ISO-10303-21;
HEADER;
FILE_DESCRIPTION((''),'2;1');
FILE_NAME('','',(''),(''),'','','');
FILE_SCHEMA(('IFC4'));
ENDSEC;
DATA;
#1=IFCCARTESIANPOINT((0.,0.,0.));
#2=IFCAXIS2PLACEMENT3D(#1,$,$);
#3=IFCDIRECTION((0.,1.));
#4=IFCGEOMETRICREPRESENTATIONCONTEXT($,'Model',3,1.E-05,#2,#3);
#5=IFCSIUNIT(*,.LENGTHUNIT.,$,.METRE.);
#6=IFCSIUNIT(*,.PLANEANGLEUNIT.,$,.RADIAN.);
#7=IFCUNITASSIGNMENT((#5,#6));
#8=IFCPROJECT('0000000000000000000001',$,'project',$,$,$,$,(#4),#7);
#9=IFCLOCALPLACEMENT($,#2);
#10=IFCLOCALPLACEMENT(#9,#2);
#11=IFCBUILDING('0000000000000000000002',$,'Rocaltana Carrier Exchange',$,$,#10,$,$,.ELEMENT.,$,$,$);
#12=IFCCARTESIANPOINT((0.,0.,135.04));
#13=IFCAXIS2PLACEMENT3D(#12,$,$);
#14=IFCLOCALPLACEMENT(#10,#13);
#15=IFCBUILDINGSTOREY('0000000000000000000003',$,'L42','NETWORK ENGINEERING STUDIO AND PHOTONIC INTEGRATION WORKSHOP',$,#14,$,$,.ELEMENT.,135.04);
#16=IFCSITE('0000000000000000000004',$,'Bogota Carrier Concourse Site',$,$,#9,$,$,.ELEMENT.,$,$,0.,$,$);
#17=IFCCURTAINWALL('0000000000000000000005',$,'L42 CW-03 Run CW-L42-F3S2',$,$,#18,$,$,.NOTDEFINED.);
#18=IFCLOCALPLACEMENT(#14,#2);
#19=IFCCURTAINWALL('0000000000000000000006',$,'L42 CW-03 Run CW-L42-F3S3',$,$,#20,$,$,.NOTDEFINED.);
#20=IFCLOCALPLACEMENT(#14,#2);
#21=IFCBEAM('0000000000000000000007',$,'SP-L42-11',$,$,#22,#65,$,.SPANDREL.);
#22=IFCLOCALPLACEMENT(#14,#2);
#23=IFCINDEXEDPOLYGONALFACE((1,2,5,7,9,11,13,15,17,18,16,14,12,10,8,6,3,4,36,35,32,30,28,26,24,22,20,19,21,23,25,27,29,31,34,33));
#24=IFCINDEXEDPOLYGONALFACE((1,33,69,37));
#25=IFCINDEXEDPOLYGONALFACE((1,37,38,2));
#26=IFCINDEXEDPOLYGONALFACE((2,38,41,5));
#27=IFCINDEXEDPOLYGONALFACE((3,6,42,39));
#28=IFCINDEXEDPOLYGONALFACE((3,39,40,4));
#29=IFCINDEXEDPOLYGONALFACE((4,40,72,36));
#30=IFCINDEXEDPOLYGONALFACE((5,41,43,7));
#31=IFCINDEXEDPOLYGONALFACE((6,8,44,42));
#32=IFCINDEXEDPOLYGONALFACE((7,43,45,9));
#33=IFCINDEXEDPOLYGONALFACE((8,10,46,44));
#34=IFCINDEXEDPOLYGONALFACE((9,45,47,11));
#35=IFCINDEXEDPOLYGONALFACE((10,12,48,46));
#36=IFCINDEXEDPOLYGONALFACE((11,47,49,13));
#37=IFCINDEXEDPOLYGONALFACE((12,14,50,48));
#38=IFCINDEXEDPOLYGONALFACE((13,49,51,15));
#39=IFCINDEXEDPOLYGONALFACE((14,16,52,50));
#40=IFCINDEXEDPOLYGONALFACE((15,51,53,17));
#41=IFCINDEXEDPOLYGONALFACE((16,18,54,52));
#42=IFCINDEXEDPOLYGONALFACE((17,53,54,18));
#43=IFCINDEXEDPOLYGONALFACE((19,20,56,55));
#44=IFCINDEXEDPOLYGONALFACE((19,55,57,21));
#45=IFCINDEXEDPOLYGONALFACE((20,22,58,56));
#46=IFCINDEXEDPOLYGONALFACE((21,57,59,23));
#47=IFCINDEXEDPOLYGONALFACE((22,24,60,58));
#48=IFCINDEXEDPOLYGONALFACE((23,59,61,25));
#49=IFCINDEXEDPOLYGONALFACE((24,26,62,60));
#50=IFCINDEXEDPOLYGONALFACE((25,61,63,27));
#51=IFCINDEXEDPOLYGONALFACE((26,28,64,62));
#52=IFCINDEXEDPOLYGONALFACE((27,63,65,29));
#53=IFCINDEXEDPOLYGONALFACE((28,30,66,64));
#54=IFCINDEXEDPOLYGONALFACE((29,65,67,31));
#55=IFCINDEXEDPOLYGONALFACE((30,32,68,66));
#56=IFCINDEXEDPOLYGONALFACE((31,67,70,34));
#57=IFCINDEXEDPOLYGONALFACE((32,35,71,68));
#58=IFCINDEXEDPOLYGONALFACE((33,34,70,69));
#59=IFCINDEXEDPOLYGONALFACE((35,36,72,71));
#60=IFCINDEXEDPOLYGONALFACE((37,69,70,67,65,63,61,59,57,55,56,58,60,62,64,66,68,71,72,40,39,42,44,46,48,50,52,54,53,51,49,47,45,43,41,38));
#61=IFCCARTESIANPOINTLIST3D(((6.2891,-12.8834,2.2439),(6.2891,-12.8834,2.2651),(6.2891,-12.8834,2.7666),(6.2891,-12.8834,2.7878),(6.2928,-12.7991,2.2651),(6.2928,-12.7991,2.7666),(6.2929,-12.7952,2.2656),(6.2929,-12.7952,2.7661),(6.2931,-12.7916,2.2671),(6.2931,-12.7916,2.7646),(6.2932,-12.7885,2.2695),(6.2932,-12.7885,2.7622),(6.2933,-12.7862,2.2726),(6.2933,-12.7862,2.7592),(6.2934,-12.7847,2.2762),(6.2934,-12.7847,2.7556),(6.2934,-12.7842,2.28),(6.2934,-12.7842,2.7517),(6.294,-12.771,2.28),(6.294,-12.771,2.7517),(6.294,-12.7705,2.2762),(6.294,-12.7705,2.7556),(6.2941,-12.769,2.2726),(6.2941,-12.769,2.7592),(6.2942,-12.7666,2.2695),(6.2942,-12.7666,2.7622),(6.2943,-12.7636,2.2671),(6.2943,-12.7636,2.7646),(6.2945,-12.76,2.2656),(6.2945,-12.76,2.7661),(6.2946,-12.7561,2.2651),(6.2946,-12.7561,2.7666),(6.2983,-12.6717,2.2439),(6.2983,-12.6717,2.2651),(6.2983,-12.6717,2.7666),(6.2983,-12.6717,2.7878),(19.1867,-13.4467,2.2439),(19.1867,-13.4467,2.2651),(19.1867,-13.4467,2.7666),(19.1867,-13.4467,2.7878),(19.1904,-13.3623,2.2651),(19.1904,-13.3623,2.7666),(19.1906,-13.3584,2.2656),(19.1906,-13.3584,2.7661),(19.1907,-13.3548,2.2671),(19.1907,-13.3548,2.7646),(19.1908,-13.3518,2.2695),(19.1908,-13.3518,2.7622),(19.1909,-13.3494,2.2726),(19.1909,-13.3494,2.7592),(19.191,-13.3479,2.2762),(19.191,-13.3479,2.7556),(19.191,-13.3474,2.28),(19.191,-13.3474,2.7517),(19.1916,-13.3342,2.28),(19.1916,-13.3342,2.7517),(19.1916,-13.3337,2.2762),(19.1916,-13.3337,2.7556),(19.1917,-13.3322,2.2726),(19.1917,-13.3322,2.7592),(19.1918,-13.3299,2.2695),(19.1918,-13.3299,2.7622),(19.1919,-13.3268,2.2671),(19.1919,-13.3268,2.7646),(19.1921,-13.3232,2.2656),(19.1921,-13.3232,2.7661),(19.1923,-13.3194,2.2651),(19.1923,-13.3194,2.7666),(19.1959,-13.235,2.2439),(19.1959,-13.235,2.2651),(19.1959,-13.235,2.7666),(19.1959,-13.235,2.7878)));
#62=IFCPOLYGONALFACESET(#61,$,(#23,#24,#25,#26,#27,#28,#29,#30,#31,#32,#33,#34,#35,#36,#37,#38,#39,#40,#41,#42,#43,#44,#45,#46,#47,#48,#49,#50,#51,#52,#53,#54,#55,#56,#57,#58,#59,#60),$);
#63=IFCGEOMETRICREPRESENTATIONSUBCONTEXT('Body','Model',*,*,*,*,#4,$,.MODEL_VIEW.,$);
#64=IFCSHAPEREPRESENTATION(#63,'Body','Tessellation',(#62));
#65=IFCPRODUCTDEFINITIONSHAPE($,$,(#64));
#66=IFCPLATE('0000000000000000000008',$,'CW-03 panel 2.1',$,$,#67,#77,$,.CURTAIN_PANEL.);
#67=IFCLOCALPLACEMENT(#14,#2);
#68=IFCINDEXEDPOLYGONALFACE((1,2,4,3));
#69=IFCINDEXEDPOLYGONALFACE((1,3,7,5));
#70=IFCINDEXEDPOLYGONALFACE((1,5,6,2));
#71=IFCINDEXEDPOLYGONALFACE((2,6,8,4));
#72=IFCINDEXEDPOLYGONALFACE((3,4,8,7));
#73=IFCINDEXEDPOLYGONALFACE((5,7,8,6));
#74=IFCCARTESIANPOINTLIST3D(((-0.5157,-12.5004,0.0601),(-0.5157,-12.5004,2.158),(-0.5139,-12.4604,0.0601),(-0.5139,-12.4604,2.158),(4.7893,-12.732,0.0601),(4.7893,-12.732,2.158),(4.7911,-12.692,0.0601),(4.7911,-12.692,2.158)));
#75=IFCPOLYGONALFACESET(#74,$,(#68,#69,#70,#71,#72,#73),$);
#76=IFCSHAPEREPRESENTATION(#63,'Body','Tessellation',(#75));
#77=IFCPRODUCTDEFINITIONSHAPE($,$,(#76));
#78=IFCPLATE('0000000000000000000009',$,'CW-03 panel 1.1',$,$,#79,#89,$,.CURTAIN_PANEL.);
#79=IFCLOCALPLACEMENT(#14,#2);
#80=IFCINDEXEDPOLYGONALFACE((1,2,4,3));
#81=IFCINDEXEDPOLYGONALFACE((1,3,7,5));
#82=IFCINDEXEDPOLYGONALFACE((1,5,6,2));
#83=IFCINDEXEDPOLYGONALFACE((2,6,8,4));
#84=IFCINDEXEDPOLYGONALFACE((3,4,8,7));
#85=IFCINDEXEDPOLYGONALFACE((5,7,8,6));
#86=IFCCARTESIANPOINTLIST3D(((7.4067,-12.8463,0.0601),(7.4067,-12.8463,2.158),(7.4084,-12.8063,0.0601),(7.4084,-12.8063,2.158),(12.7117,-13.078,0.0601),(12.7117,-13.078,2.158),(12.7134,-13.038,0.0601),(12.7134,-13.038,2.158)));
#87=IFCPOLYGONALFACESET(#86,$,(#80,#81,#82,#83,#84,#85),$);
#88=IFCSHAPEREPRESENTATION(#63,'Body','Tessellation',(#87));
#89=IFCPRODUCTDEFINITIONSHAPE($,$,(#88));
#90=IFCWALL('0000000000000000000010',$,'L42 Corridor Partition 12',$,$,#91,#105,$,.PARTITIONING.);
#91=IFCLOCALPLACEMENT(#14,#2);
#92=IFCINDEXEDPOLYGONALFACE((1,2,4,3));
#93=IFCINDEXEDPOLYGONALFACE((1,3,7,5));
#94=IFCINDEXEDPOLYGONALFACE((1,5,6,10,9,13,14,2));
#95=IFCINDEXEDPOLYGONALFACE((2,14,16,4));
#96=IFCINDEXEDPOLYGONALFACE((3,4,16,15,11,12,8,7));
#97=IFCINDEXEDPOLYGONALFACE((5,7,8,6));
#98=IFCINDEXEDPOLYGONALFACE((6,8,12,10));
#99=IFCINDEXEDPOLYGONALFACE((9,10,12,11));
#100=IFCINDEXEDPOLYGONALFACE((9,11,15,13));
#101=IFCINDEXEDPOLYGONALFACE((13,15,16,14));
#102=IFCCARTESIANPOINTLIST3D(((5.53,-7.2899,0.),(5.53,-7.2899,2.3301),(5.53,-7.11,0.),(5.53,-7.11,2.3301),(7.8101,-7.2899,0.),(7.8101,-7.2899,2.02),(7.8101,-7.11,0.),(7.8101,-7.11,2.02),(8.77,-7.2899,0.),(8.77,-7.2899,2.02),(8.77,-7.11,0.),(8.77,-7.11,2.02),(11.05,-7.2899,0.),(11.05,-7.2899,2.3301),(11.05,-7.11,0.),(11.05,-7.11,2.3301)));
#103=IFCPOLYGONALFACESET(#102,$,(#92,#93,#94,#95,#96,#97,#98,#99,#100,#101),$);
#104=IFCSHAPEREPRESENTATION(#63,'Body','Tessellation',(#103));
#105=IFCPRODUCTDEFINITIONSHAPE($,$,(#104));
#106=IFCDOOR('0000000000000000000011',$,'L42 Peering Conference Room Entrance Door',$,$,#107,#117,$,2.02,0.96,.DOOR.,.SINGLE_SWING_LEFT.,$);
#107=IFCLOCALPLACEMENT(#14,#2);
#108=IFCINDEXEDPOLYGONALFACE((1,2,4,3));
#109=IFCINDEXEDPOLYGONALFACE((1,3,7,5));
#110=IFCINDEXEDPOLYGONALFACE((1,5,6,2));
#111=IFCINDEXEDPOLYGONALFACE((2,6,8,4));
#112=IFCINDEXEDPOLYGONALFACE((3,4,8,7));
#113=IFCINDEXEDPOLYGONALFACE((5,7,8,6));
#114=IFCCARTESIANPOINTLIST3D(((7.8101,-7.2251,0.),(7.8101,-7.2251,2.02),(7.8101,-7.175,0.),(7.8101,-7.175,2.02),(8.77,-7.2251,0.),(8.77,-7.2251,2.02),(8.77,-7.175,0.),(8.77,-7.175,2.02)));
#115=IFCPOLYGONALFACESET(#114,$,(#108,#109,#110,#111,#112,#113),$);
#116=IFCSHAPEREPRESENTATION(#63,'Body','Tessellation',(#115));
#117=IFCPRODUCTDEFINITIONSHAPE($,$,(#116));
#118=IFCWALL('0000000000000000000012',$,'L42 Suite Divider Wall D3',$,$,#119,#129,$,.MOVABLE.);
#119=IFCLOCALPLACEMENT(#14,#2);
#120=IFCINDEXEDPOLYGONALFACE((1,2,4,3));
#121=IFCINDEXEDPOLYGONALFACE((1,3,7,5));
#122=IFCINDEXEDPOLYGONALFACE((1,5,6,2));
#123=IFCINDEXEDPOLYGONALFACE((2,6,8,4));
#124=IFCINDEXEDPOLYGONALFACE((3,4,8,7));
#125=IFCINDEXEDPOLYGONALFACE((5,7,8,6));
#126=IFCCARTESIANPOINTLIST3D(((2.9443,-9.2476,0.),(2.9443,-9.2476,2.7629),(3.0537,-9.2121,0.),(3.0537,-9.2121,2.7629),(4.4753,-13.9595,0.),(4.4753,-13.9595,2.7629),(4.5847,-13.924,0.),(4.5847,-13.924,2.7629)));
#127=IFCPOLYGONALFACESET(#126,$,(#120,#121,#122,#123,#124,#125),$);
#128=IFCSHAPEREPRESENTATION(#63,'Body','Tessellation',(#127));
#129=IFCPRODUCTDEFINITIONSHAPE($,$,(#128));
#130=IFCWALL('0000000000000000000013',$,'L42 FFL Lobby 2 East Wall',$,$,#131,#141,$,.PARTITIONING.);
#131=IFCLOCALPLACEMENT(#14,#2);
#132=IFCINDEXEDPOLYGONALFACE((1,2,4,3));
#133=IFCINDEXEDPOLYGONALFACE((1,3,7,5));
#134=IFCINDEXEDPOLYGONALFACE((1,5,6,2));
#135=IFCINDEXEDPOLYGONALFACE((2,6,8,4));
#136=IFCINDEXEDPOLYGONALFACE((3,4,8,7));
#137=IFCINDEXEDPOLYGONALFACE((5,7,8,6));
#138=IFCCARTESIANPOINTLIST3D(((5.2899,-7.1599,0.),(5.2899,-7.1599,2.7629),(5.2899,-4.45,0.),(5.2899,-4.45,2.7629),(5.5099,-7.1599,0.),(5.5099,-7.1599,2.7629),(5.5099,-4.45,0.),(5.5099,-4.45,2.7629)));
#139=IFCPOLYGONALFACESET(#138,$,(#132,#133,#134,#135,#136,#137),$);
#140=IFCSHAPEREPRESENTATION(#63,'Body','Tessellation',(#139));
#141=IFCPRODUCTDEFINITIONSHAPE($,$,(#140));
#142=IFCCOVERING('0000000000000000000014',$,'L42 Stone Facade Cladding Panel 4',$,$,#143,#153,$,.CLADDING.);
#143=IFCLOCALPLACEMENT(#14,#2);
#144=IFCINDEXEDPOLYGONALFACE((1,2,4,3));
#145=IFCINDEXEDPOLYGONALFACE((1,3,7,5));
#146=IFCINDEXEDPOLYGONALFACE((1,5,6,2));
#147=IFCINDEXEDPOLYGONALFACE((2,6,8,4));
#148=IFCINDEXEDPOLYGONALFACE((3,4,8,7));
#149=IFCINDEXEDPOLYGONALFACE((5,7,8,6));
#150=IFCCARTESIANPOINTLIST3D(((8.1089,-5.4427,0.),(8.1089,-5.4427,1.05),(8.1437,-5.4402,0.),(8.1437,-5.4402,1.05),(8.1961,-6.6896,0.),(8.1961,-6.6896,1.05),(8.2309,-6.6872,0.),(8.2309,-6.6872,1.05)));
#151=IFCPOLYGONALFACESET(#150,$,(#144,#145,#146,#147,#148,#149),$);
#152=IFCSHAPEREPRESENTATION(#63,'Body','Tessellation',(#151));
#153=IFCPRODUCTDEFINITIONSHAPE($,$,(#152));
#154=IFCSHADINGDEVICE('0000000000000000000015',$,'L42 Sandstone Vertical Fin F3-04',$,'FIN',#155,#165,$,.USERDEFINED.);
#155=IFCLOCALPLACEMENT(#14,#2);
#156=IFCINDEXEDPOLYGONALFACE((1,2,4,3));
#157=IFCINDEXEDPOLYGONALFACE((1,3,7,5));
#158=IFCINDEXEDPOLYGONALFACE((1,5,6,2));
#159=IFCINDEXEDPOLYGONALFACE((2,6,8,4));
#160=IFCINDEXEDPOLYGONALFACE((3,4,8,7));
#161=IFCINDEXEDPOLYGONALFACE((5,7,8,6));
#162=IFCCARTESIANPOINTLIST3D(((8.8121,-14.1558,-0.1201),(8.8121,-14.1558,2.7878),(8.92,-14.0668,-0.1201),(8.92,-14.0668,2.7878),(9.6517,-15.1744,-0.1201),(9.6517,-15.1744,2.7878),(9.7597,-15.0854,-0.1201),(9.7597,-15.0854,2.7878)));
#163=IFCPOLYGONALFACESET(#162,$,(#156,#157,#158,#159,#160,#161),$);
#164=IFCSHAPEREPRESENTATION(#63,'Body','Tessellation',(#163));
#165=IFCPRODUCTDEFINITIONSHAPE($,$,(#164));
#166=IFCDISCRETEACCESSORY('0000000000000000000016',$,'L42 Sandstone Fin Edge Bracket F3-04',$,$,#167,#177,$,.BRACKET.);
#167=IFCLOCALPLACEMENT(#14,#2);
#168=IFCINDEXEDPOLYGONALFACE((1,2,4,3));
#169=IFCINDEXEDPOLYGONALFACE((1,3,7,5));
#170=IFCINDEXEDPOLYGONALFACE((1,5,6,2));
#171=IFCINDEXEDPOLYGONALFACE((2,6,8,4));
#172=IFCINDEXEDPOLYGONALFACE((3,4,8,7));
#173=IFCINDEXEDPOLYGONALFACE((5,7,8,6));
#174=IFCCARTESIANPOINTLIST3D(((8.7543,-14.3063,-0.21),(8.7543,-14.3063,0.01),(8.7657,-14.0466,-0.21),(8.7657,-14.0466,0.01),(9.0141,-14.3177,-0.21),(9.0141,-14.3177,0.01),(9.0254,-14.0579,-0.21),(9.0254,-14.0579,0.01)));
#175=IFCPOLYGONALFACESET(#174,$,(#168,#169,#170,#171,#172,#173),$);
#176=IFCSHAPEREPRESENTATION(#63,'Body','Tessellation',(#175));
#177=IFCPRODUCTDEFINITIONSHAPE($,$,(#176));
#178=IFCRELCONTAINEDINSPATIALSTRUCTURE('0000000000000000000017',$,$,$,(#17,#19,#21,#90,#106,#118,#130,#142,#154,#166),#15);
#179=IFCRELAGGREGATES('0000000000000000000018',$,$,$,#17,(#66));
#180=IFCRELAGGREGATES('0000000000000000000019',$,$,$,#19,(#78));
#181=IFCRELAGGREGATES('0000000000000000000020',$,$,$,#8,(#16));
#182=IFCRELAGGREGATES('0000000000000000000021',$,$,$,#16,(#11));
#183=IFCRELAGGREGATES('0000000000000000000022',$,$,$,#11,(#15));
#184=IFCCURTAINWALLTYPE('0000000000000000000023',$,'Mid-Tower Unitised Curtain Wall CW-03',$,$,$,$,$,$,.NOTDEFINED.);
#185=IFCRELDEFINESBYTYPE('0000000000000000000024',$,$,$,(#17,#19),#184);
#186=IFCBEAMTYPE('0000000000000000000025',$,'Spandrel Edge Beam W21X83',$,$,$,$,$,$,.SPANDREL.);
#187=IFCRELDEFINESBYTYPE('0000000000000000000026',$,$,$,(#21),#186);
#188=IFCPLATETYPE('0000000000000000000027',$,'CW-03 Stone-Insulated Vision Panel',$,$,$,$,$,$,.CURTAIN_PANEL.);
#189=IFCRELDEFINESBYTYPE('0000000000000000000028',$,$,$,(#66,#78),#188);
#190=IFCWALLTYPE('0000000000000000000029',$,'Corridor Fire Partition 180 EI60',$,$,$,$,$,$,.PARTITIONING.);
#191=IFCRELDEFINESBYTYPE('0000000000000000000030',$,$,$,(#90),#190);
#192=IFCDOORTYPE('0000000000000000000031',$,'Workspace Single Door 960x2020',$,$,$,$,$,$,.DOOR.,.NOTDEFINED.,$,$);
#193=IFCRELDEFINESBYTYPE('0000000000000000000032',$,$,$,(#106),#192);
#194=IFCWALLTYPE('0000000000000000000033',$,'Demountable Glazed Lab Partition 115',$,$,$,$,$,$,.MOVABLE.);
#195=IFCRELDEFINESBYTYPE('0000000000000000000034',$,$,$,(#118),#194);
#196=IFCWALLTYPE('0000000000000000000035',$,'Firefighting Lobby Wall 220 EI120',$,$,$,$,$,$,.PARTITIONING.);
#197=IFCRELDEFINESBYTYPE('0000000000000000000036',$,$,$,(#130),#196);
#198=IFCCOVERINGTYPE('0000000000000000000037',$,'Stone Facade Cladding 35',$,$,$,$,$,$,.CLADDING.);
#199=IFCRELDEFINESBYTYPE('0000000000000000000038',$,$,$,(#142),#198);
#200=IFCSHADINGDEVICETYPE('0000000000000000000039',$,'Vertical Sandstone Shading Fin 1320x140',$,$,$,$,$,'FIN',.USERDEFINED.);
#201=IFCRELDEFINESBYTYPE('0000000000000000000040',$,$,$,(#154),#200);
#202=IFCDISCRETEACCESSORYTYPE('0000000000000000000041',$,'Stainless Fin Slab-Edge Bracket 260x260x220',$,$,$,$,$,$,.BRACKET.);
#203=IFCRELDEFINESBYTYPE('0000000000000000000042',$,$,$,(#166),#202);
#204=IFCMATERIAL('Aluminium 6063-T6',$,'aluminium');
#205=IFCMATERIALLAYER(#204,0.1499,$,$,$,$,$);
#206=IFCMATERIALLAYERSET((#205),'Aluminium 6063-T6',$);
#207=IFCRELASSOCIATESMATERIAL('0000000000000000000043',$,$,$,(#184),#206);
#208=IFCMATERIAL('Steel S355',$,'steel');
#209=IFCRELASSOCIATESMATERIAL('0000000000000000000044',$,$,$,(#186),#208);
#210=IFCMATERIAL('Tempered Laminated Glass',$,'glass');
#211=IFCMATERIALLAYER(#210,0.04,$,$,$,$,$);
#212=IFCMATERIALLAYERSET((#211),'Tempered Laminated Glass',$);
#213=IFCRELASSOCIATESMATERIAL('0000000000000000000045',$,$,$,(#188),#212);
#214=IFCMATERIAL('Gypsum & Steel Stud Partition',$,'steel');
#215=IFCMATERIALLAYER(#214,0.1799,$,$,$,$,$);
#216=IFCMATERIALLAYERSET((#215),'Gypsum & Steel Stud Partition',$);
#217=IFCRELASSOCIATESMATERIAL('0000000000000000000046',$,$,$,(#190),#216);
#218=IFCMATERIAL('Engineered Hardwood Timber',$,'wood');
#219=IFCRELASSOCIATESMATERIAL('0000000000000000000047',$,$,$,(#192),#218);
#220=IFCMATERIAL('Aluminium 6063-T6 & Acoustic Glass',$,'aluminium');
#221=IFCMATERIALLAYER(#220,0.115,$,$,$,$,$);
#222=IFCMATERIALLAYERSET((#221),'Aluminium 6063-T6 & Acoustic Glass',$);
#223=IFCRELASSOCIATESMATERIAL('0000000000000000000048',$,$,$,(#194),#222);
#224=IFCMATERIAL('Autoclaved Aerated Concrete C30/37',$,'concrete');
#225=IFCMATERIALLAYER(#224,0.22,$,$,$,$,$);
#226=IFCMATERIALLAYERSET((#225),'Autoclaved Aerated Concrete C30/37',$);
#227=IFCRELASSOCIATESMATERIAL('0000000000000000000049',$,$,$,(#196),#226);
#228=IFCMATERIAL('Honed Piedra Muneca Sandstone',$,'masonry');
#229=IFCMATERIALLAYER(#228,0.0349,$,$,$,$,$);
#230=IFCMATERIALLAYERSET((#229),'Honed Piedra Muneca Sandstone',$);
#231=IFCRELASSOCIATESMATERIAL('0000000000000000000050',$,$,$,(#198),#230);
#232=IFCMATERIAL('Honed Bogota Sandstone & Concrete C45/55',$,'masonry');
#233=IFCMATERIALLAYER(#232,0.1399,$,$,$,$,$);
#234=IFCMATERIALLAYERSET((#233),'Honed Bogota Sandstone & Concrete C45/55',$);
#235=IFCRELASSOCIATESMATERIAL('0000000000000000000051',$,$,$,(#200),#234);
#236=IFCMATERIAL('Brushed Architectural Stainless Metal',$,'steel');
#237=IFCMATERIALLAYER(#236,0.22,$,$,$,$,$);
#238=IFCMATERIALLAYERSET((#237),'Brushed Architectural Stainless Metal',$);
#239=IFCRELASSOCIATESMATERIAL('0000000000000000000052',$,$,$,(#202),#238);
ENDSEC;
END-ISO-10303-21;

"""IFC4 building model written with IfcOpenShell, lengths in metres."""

from ifc_helpers import new_model, si_unit, direction, frame, frame_2d, origin, origin_2d, place, context, subcontext, project, spatial, rectangle, i_section, extrude, material, layer, layer_set, material_profile, profile_set, type_object, element, fill, aggregate, save


model = new_model("IFC4")

# Units and contexts
model_context = context("Model", 3, precision=1e-05, world=origin(), true_north=direction((0.0, 1.0)))
body_context = subcontext(model_context, "Body", "Model", "MODEL_VIEW")
ifc_project = project(units=[si_unit("LENGTHUNIT", "METRE"), si_unit("PLANEANGLEUNIT", "RADIAN")], contexts=[model_context])

# Site, building, storey
site_placement = place(None, origin())
site = spatial("IfcSite", under=ifc_project, at=site_placement, Name="Bogota Carrier Concourse Site", CompositionType="ELEMENT", RefElevation=0.0)
building_placement = place(site_placement, origin())
building = spatial("IfcBuilding", under=site, at=building_placement, Name="Rocaltana Carrier Exchange", CompositionType="ELEMENT")
storey_placement = place(building_placement, frame((0.0, 0.0, 135.04)))
storey = spatial("IfcBuildingStorey", under=building, at=storey_placement, Name="L42", Description="NETWORK ENGINEERING STUDIO AND PHOTONIC INTEGRATION WORKSHOP", CompositionType="ELEMENT", Elevation=135.04)

# Curtain wall
ifc_material_1 = material(Name="Aluminium 6063-T6", Category="aluminium")
ifc_layer_1 = layer(ifc_material_1, 0.1499)
ifc_layer_set_1 = layer_set([ifc_layer_1], Name="Aluminium 6063-T6")
curtain_wall_type = type_object("IfcCurtainWallType", Name="Mid-Tower Unitised Curtain Wall CW-03", PredefinedType="NOTDEFINED", material=ifc_layer_set_1)
curtain_wall_1_placement = place(storey_placement, origin())
curtain_wall_1 = element("IfcCurtainWall", 1, at=curtain_wall_1_placement, inside=storey, type_object=curtain_wall_type, Name="L42 CW-03 Run CW-L42-F3S2", PredefinedType="NOTDEFINED")

# Curtain wall
curtain_wall_2_placement = place(storey_placement, origin())
curtain_wall_2 = element("IfcCurtainWall", 2, at=curtain_wall_2_placement, inside=storey, type_object=curtain_wall_type, Name="L42 CW-03 Run CW-L42-F3S3", PredefinedType="NOTDEFINED")

# Beam
ifc_material_2 = material(Name="Steel S355", Category="steel")
ifc_material_profile_1 = material_profile(ifc_material_2, i_section(OverallWidth=0.2119, OverallDepth=0.5439, WebThickness=0.0132, FlangeThickness=0.0212, FilletRadius=0.0149, at=origin_2d()), Name="W21X83")
ifc_profile_set_1 = profile_set([ifc_material_profile_1], Name="Steel S355")
beam_type_1 = type_object("IfcBeamType", Name="Spandrel Edge Beam W21X83", PredefinedType="SPANDREL", material=ifc_profile_set_1)
beam_1_placement = place(storey_placement, frame((6.2937, -12.7776, 2.5159), z_axis=(0.999048, -0.043628, 0.0), x_axis=(0.043628, 0.999048, 0.0)))
element("IfcBeam", 3, at=beam_1_placement, inside=storey, type_object=beam_type_1, Name="SP-L42-11", PredefinedType="SPANDREL", context=body_context, shape_type="SweptSolid", body=[
    extrude(i_section(OverallWidth=0.2119, OverallDepth=0.5439, WebThickness=0.0132, FlangeThickness=0.0212, FilletRadius=0.0149, at=origin_2d()), origin(), (0.0, 0.0, 1.0), 12.9099),
])

# Plates
ifc_material_3 = material(Name="Tempered Laminated Glass", Category="glass")
ifc_layer_2 = layer(ifc_material_3, 0.04)
ifc_layer_set_2 = layer_set([ifc_layer_2], Name="Tempered Laminated Glass")
plate_type = type_object("IfcPlateType", Name="CW-03 Stone-Insulated Vision Panel", PredefinedType="CURTAIN_PANEL", material=ifc_layer_set_2)
plate_1_placement = place(storey_placement, frame((2.1377, -12.5962, 0.0601), z_axis=(0.0, 0.0, 1.0), x_axis=(0.999048, -0.04362, 0.0)))
plate_1 = element("IfcPlate", 4, at=plate_1_placement, type_object=plate_type, Name="CW-03 panel 2.1", PredefinedType="CURTAIN_PANEL", context=body_context, shape_type="SweptSolid", body=[
    extrude(rectangle(XDim=5.3101, YDim=0.04, at=origin_2d()), origin(), (0.0, 0.0, 1.0), 2.0979),
])
aggregate(curtain_wall_1, [plate_1])
plate_2_placement = place(storey_placement, frame((10.0601, -12.9421, 0.0601), z_axis=(0.0, 0.0, 1.0), x_axis=(0.999048, -0.043629, 0.0)))
plate_2 = element("IfcPlate", 5, at=plate_2_placement, type_object=plate_type, Name="CW-03 panel 1.1", PredefinedType="CURTAIN_PANEL", context=body_context, shape_type="SweptSolid", body=[
    extrude(rectangle(XDim=5.3101, YDim=0.04, at=origin_2d()), origin(), (0.0, 0.0, 1.0), 2.0979),
])
aggregate(curtain_wall_2, [plate_2])

# Wall, opening, door
ifc_material_4 = material(Name="Gypsum & Steel Stud Partition", Category="steel")
ifc_layer_3 = layer(ifc_material_4, 0.1799)
ifc_layer_set_3 = layer_set([ifc_layer_3], Name="Gypsum & Steel Stud Partition")
wall_type_1 = type_object("IfcWallType", Name="Corridor Fire Partition 180 EI60", PredefinedType="PARTITIONING", material=ifc_layer_set_3)
wall_1_placement = place(storey_placement, frame((5.53, -7.2, 0.0), z_axis=(0.0, 0.0, 1.0), x_axis=(1.0, 0.0, 0.0)))
wall_1 = element("IfcWall", 6, at=wall_1_placement, inside=storey, type_object=wall_type_1, Name="L42 Corridor Partition 12", PredefinedType="PARTITIONING", context=body_context, shape_type="SweptSolid", body=[
    extrude(rectangle(XDim=5.52, YDim=0.1799, at=frame_2d((2.76, 0.0))), origin(), (0.0, 0.0, 1.0), 2.3301),
])
opening_placement = place(wall_1_placement, frame((2.28, 0.0, 0.0)))
opening = element("IfcOpeningElement", 7, at=opening_placement, cuts=wall_1, PredefinedType="OPENING", context=body_context, shape_type="SweptSolid", body=[
    extrude(rectangle(XDim=0.96, YDim=2.02, at=frame_2d((0.48, 1.01))), frame((0.0, 0.0999, 0.0), z_axis=(0.0, -1.0, 0.0), x_axis=(1.0, 0.0, 0.0)), (0.0, 0.0, 1.0), 0.2),
])
ifc_material_5 = material(Name="Engineered Hardwood Timber", Category="wood")
door_type = type_object("IfcDoorType", Name="Workspace Single Door 960x2020", OperationType="NOTDEFINED", PredefinedType="DOOR", material=ifc_material_5)
door_placement = place(opening_placement, origin())
door = element("IfcDoor", 8, at=door_placement, inside=storey, type_object=door_type, Name="L42 Peering Conference Room Entrance Door", OperationType="SINGLE_SWING_LEFT", OverallHeight=2.02, OverallWidth=0.96, PredefinedType="DOOR", context=body_context, shape_type="SweptSolid", body=[
    extrude(rectangle(XDim=0.96, YDim=2.02, at=frame_2d((0.48, 1.01))), frame((0.0, 0.0249, 0.0), z_axis=(0.0, -1.0, 0.0), x_axis=(1.0, 0.0, 0.0)), (0.0, 0.0, 1.0), 0.05),
])
fill(opening, door)

# Walls
ifc_material_6 = material(Name="Aluminium 6063-T6 & Acoustic Glass", Category="aluminium")
ifc_layer_4 = layer(ifc_material_6, 0.115)
ifc_layer_set_4 = layer_set([ifc_layer_4], Name="Aluminium 6063-T6 & Acoustic Glass")
wall_type_2 = type_object("IfcWallType", Name="Demountable Glazed Lab Partition 115", PredefinedType="MOVABLE", material=ifc_layer_set_4)
wall_2_placement = place(storey_placement, frame((2.999, -9.23, 0.0), z_axis=(0.0, 0.0, 1.0), x_axis=(0.309019, -0.951056, 0.0)))
element("IfcWall", 9, at=wall_2_placement, inside=storey, type_object=wall_type_2, Name="L42 Suite Divider Wall D3", PredefinedType="MOVABLE", context=body_context, shape_type="SweptSolid", body=[
    extrude(rectangle(XDim=4.9543, YDim=0.115, at=frame_2d((2.4771, 0.0))), origin(), (0.0, 0.0, 1.0), 2.7629),
])
ifc_material_7 = material(Name="Autoclaved Aerated Concrete C30/37", Category="concrete")
ifc_layer_5 = layer(ifc_material_7, 0.22)
ifc_layer_set_5 = layer_set([ifc_layer_5], Name="Autoclaved Aerated Concrete C30/37")
wall_type_3 = type_object("IfcWallType", Name="Firefighting Lobby Wall 220 EI120", PredefinedType="PARTITIONING", material=ifc_layer_set_5)
wall_3_placement = place(storey_placement, frame((5.3999, -7.1599, 0.0), z_axis=(0.0, 0.0, 1.0), x_axis=(0.0, 1.0, 0.0)))
element("IfcWall", 10, at=wall_3_placement, inside=storey, type_object=wall_type_3, Name="L42 FFL Lobby 2 East Wall", PredefinedType="PARTITIONING", context=body_context, shape_type="SweptSolid", body=[
    extrude(rectangle(XDim=2.71, YDim=0.22, at=frame_2d((1.355, 0.0))), origin(), (0.0, 0.0, 1.0), 2.7629),
])

# Covering
ifc_material_8 = material(Name="Honed Piedra Muneca Sandstone", Category="masonry")
ifc_layer_6 = layer(ifc_material_8, 0.0349)
ifc_layer_set_6 = layer_set([ifc_layer_6], Name="Honed Piedra Muneca Sandstone")
covering_type = type_object("IfcCoveringType", Name="Stone Facade Cladding 35", PredefinedType="CLADDING", material=ifc_layer_set_6)
covering_placement = place(storey_placement, frame((8.1699, -6.0649, 0.0), z_axis=(0.0, 0.0, 1.0), x_axis=(-0.069756, 0.997564, 0.0)))
element("IfcCovering", 11, at=covering_placement, inside=storey, type_object=covering_type, Name="L42 Stone Facade Cladding Panel 4", PredefinedType="CLADDING", context=body_context, shape_type="SweptSolid", body=[
    extrude(rectangle(XDim=1.25, YDim=0.0349, at=origin_2d()), origin(), (0.0, 0.0, 1.0), 1.05),
])

# Shading device
ifc_material_9 = material(Name="Honed Bogota Sandstone & Concrete C45/55", Category="masonry")
ifc_layer_7 = layer(ifc_material_9, 0.1399)
ifc_layer_set_7 = layer_set([ifc_layer_7], Name="Honed Bogota Sandstone & Concrete C45/55")
shading_device_type = type_object("IfcShadingDeviceType", Name="Vertical Sandstone Shading Fin 1320x140", ElementType="FIN", PredefinedType="USERDEFINED", material=ifc_layer_set_7)
shading_device_placement = place(storey_placement, frame((9.2859, -14.6206, -0.1201), z_axis=(0.0, 0.0, 1.0), x_axis=(0.636078, -0.771625, 0.0)))
element("IfcShadingDevice", 12, at=shading_device_placement, inside=storey, type_object=shading_device_type, Name="L42 Sandstone Vertical Fin F3-04", ObjectType="FIN", PredefinedType="USERDEFINED", context=body_context, shape_type="SweptSolid", body=[
    extrude(rectangle(XDim=1.3201, YDim=0.1399, at=origin_2d()), origin(), (0.0, 0.0, 1.0), 2.908),
])

# Discrete accessory
ifc_material_10 = material(Name="Brushed Architectural Stainless Metal", Category="steel")
ifc_layer_8 = layer(ifc_material_10, 0.22)
ifc_layer_set_8 = layer_set([ifc_layer_8], Name="Brushed Architectural Stainless Metal")
discrete_accessory_type = type_object("IfcDiscreteAccessoryType", Name="Stainless Fin Slab-Edge Bracket 260x260x220", PredefinedType="BRACKET", material=ifc_layer_set_8)
discrete_accessory_placement = place(storey_placement, frame((8.8899, -14.1821, -0.21), z_axis=(0.0, 0.0, 1.0), x_axis=(0.999048, -0.043619, 0.0)))
element("IfcDiscreteAccessory", 13, at=discrete_accessory_placement, inside=storey, type_object=discrete_accessory_type, Name="L42 Sandstone Fin Edge Bracket F3-04", PredefinedType="BRACKET", context=body_context, shape_type="SweptSolid", body=[
    extrude(rectangle(XDim=0.26, YDim=0.26, at=origin_2d()), origin(), (0.0, 0.0, 1.0), 0.22),
])

save(model, "model.ifc")
